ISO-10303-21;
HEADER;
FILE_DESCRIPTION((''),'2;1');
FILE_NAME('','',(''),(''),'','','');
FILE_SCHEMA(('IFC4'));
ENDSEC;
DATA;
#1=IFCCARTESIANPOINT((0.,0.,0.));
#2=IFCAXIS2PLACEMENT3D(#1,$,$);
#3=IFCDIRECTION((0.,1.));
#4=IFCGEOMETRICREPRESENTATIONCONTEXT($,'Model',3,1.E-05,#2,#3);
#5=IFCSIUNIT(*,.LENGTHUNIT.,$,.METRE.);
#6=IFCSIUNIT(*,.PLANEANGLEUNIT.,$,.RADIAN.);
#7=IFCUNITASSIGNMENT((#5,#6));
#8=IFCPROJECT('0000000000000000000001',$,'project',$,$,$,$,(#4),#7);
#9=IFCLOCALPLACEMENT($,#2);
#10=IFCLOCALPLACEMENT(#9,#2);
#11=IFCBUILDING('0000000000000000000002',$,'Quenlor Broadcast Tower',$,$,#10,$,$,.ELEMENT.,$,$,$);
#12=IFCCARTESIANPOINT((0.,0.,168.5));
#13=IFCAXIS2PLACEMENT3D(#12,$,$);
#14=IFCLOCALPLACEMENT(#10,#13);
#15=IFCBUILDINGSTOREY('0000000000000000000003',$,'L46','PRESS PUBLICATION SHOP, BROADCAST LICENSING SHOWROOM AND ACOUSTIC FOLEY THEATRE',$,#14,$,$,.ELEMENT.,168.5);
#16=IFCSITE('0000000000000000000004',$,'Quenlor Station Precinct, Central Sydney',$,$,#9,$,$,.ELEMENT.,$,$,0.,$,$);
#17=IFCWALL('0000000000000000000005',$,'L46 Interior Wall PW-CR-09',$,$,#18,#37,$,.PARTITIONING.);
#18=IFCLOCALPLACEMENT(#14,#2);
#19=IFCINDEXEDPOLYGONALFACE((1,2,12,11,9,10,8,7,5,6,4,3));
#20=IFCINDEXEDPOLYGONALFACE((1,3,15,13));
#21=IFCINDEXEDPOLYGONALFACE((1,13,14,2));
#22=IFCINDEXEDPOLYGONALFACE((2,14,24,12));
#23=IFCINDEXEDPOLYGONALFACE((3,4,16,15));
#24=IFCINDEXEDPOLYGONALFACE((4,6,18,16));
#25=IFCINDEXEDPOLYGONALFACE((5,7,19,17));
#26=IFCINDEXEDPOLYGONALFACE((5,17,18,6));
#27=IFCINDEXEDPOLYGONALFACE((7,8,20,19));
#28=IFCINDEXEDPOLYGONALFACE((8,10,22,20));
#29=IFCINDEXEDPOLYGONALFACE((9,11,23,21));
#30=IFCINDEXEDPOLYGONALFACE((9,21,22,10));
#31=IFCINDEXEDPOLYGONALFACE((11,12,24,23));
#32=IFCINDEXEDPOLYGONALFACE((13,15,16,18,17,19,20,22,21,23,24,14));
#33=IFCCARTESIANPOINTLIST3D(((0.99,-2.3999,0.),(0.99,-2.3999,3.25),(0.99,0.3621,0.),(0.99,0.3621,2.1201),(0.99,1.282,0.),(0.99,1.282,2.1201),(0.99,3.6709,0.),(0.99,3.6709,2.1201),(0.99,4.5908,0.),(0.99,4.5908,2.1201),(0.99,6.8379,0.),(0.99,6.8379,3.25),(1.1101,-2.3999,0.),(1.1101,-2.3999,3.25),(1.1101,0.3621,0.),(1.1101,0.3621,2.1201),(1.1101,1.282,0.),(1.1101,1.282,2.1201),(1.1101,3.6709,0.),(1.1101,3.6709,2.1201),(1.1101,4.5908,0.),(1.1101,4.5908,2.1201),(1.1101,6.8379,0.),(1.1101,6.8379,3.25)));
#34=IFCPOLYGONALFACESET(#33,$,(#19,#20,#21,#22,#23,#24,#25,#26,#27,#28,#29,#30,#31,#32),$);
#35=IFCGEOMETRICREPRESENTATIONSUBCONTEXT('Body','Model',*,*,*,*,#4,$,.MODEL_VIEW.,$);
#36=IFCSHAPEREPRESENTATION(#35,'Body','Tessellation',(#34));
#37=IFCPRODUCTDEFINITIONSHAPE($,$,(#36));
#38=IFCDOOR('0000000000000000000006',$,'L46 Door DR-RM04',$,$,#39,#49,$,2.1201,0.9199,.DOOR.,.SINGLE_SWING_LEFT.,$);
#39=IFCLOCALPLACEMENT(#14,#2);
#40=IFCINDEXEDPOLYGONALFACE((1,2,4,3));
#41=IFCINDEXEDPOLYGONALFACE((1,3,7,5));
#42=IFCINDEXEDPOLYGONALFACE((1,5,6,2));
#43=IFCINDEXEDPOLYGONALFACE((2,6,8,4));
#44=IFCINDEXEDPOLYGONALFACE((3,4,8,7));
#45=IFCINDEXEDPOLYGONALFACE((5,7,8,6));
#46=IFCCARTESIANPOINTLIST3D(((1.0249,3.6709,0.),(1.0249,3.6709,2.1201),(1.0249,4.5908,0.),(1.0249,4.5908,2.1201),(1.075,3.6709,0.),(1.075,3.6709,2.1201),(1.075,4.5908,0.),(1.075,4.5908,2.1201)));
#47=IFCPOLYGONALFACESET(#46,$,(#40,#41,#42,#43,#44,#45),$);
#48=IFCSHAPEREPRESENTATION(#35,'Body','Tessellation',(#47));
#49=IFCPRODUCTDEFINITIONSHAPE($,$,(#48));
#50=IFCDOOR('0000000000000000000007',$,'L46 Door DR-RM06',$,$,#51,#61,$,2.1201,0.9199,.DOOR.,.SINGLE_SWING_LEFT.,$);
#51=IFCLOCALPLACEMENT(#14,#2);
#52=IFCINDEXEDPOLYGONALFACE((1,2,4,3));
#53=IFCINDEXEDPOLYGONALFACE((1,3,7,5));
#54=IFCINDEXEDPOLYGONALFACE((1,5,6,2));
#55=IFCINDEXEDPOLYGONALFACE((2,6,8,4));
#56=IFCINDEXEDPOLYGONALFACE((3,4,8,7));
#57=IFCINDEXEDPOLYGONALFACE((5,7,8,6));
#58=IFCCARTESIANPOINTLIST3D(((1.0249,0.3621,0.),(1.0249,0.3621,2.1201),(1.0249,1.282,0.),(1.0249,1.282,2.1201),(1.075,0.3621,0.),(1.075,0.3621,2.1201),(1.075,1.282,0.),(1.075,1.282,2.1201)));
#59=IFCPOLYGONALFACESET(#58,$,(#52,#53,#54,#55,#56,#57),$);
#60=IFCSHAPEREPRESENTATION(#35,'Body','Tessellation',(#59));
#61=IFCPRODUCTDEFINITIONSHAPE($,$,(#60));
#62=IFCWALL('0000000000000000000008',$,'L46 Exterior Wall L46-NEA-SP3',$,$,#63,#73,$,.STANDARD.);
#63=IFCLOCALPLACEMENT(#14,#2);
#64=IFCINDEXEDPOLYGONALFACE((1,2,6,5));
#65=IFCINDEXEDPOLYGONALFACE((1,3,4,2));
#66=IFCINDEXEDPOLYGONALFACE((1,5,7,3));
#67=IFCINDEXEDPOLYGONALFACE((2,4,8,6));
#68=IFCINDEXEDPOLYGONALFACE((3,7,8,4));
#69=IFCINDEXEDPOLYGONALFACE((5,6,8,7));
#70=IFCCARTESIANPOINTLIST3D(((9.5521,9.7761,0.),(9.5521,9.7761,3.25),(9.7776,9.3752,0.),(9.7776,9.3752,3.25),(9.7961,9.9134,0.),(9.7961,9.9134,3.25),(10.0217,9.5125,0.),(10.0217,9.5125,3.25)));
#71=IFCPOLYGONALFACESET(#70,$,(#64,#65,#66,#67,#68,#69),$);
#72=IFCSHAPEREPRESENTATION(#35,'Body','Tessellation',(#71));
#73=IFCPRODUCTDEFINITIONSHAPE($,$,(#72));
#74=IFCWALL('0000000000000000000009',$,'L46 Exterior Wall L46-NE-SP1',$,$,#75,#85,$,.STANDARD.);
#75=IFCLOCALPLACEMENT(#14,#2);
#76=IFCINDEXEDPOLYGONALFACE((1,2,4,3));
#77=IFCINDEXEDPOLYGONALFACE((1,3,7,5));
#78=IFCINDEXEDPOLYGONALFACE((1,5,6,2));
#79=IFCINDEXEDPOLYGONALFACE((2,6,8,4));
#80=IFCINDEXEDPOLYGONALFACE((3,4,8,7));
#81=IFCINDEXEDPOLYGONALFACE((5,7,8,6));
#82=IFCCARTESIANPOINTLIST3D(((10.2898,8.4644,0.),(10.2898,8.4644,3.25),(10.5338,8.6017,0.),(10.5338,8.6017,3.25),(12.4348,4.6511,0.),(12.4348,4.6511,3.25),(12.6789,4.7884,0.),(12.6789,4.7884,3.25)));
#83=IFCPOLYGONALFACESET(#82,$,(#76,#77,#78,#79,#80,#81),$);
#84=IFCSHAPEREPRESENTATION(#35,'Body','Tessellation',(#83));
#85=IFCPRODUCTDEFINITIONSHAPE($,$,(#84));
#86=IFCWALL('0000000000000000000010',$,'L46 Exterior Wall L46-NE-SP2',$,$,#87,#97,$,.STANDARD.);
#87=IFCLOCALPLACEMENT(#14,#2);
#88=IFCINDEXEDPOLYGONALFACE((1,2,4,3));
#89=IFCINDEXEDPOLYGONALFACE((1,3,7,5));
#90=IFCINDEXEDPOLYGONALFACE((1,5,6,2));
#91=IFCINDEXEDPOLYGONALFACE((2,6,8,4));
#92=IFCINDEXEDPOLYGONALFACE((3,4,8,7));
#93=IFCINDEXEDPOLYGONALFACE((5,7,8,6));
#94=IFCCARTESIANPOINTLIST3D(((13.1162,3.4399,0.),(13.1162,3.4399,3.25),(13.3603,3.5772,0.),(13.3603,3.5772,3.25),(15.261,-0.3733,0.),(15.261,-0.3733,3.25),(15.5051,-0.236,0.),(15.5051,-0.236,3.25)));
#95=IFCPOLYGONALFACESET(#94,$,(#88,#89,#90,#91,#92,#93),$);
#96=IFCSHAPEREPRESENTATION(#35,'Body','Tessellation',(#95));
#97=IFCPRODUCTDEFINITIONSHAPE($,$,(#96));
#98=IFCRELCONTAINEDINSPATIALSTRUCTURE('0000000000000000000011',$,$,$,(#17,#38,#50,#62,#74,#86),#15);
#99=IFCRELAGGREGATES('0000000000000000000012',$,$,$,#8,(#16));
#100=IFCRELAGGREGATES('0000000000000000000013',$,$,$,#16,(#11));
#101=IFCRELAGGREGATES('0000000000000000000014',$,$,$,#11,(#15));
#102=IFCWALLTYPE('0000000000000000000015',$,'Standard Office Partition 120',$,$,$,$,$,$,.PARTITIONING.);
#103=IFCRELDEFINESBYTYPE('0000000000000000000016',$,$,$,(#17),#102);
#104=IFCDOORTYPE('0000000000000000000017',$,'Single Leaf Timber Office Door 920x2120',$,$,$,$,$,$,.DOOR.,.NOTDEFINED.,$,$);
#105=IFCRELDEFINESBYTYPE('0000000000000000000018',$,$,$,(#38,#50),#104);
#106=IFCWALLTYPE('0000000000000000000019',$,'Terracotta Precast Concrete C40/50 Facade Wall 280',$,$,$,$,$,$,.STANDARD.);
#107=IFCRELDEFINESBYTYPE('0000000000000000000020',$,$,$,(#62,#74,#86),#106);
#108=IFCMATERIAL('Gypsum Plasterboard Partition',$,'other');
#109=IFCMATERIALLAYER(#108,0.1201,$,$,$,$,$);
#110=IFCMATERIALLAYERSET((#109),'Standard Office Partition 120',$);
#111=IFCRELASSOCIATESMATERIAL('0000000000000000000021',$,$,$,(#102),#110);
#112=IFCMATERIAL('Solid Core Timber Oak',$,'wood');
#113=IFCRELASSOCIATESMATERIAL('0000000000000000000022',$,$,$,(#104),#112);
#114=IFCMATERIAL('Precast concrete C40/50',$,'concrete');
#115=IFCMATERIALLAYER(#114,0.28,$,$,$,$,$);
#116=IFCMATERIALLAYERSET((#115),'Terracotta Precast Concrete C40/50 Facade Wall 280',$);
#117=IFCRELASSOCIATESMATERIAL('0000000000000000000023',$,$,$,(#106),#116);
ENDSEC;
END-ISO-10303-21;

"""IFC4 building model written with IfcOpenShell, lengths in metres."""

from ifc_helpers import new_model, si_unit, direction, frame, frame_2d, origin, place, context, subcontext, project, spatial, rectangle, extrude, material, layer, layer_set, type_object, element, fill, save


model = new_model("IFC4")

# Units and contexts
model_context = context("Model", 3, precision=1e-05, world=origin(), true_north=direction((0.0, 1.0)))
body_context = subcontext(model_context, "Body", "Model", "MODEL_VIEW")
ifc_project = project(units=[si_unit("LENGTHUNIT", "METRE"), si_unit("PLANEANGLEUNIT", "RADIAN")], contexts=[model_context])

# Site, building, storey
site_placement = place(None, origin())
site = spatial("IfcSite", under=ifc_project, at=site_placement, Name="Quenlor Station Precinct, Central Sydney", CompositionType="ELEMENT", RefElevation=0.0)
building_placement = place(site_placement, origin())
building = spatial("IfcBuilding", under=site, at=building_placement, Name="Quenlor Broadcast Tower", CompositionType="ELEMENT")
storey_placement = place(building_placement, frame((0.0, 0.0, 168.5)))
storey = spatial("IfcBuildingStorey", under=building, at=storey_placement, Name="L46", Description="PRESS PUBLICATION SHOP, BROADCAST LICENSING SHOWROOM AND ACOUSTIC FOLEY THEATRE", CompositionType="ELEMENT", Elevation=168.5)

# Shared definitions
ifc_material_1 = material(Name="Gypsum Plasterboard Partition", Category="other")
ifc_layer_1 = layer(ifc_material_1, 0.1201)
ifc_layer_set_1 = layer_set([ifc_layer_1], Name="Standard Office Partition 120")
wall_type_1 = type_object("IfcWallType", Name="Standard Office Partition 120", PredefinedType="PARTITIONING", material=ifc_layer_set_1)

# Wall, openings, doors
wall_1_placement = place(storey_placement, frame((1.05, 6.8379, 0.0), z_axis=(0.0, 0.0, 1.0), x_axis=(0.0, -1.0, 0.0)))
wall_1 = element("IfcWall", 1, at=wall_1_placement, inside=storey, type_object=wall_type_1, Name="L46 Interior Wall PW-CR-09", PredefinedType="PARTITIONING", context=body_context, shape_type="SweptSolid", body=[
    extrude(rectangle(XDim=9.2378, YDim=0.1201, at=frame_2d((4.6189, 0.0))), origin(), (0.0, 0.0, 1.0), 3.25),
])
opening_1_placement = place(wall_1_placement, frame((2.2471, 0.0, 0.0)))
opening_1 = element("IfcOpeningElement", 2, at=opening_1_placement, cuts=wall_1, PredefinedType="OPENING", context=body_context, shape_type="SweptSolid", body=[
    extrude(rectangle(XDim=0.9199, YDim=2.1201, at=frame_2d((0.46, 1.0601))), frame((0.0, 0.0701, 0.0), z_axis=(0.0, -1.0, 0.0), x_axis=(1.0, 0.0, 0.0)), (0.0, 0.0, 1.0), 0.1401),
])
opening_2_placement = place(wall_1_placement, frame((5.5559, 0.0, 0.0)))
opening_2 = element("IfcOpeningElement", 3, at=opening_2_placement, cuts=wall_1, PredefinedType="OPENING", context=body_context, shape_type="SweptSolid", body=[
    extrude(rectangle(XDim=0.9199, YDim=2.1201, at=frame_2d((0.46, 1.0601))), frame((0.0, 0.0701, 0.0), z_axis=(0.0, -1.0, 0.0), x_axis=(1.0, 0.0, 0.0)), (0.0, 0.0, 1.0), 0.1401),
])
ifc_material_2 = material(Name="Solid Core Timber Oak", Category="wood")
door_type = type_object("IfcDoorType", Name="Single Leaf Timber Office Door 920x2120", OperationType="NOTDEFINED", PredefinedType="DOOR", material=ifc_material_2)
door_1_placement = place(opening_1_placement, origin())
door_1 = element("IfcDoor", 4, at=door_1_placement, inside=storey, type_object=door_type, Name="L46 Door DR-RM04", OperationType="SINGLE_SWING_LEFT", OverallHeight=2.1201, OverallWidth=0.9199, PredefinedType="DOOR", context=body_context, shape_type="SweptSolid", body=[
    extrude(rectangle(XDim=0.9199, YDim=2.1201, at=frame_2d((0.46, 1.0601))), frame((0.0, 0.0249, 0.0), z_axis=(0.0, -1.0, 0.0), x_axis=(1.0, 0.0, 0.0)), (0.0, 0.0, 1.0), 0.05),
])
fill(opening_1, door_1)
door_2_placement = place(opening_2_placement, origin())
door_2 = element("IfcDoor", 5, at=door_2_placement, inside=storey, type_object=door_type, Name="L46 Door DR-RM06", OperationType="SINGLE_SWING_LEFT", OverallHeight=2.1201, OverallWidth=0.9199, PredefinedType="DOOR", context=body_context, shape_type="SweptSolid", body=[
    extrude(rectangle(XDim=0.9199, YDim=2.1201, at=frame_2d((0.46, 1.0601))), frame((0.0, 0.0249, 0.0), z_axis=(0.0, -1.0, 0.0), x_axis=(1.0, 0.0, 0.0)), (0.0, 0.0, 1.0), 0.05),
])
fill(opening_2, door_2)

# Walls
ifc_material_3 = material(Name="Precast concrete C40/50", Category="concrete")
ifc_layer_2 = layer(ifc_material_3, 0.28)
ifc_layer_set_2 = layer_set([ifc_layer_2], Name="Terracotta Precast Concrete C40/50 Facade Wall 280")
wall_type_2 = type_object("IfcWallType", Name="Terracotta Precast Concrete C40/50 Facade Wall 280", PredefinedType="STANDARD", material=ifc_layer_set_2)
wall_2_placement = place(storey_placement, frame((9.6741, 9.8447, 0.0), z_axis=(0.0, 0.0, 1.0), x_axis=(0.490412, -0.87149, 0.0)))
element("IfcWall", 6, at=wall_2_placement, inside=storey, type_object=wall_type_2, Name="L46 Exterior Wall L46-NEA-SP3", PredefinedType="STANDARD", context=body_context, shape_type="SweptSolid", body=[
    extrude(rectangle(XDim=0.46, YDim=0.28, at=frame_2d((0.23, 0.0))), origin(), (0.0, 0.0, 1.0), 3.25),
])
wall_3_placement = place(storey_placement, frame((10.4119, 8.533, 0.0), z_axis=(0.0, 0.0, 1.0), x_axis=(0.490274, -0.871568, 0.0)))
element("IfcWall", 7, at=wall_3_placement, inside=storey, type_object=wall_type_2, Name="L46 Exterior Wall L46-NE-SP1", PredefinedType="STANDARD", context=body_context, shape_type="SweptSolid", body=[
    extrude(rectangle(XDim=4.3752, YDim=0.28, at=frame_2d((2.1875, 0.0))), origin(), (0.0, 0.0, 1.0), 3.25),
])
wall_4_placement = place(storey_placement, frame((13.2383, 3.5085, 0.0), z_axis=(0.0, 0.0, 1.0), x_axis=(0.490232, -0.871592, 0.0)))
element("IfcWall", 8, at=wall_4_placement, inside=storey, type_object=wall_type_2, Name="L46 Exterior Wall L46-NE-SP2", PredefinedType="STANDARD", context=body_context, shape_type="SweptSolid", body=[
    extrude(rectangle(XDim=4.375, YDim=0.28, at=frame_2d((2.1875, 0.0))), origin(), (0.0, 0.0, 1.0), 3.25),
])

save(model, "model.ifc")
